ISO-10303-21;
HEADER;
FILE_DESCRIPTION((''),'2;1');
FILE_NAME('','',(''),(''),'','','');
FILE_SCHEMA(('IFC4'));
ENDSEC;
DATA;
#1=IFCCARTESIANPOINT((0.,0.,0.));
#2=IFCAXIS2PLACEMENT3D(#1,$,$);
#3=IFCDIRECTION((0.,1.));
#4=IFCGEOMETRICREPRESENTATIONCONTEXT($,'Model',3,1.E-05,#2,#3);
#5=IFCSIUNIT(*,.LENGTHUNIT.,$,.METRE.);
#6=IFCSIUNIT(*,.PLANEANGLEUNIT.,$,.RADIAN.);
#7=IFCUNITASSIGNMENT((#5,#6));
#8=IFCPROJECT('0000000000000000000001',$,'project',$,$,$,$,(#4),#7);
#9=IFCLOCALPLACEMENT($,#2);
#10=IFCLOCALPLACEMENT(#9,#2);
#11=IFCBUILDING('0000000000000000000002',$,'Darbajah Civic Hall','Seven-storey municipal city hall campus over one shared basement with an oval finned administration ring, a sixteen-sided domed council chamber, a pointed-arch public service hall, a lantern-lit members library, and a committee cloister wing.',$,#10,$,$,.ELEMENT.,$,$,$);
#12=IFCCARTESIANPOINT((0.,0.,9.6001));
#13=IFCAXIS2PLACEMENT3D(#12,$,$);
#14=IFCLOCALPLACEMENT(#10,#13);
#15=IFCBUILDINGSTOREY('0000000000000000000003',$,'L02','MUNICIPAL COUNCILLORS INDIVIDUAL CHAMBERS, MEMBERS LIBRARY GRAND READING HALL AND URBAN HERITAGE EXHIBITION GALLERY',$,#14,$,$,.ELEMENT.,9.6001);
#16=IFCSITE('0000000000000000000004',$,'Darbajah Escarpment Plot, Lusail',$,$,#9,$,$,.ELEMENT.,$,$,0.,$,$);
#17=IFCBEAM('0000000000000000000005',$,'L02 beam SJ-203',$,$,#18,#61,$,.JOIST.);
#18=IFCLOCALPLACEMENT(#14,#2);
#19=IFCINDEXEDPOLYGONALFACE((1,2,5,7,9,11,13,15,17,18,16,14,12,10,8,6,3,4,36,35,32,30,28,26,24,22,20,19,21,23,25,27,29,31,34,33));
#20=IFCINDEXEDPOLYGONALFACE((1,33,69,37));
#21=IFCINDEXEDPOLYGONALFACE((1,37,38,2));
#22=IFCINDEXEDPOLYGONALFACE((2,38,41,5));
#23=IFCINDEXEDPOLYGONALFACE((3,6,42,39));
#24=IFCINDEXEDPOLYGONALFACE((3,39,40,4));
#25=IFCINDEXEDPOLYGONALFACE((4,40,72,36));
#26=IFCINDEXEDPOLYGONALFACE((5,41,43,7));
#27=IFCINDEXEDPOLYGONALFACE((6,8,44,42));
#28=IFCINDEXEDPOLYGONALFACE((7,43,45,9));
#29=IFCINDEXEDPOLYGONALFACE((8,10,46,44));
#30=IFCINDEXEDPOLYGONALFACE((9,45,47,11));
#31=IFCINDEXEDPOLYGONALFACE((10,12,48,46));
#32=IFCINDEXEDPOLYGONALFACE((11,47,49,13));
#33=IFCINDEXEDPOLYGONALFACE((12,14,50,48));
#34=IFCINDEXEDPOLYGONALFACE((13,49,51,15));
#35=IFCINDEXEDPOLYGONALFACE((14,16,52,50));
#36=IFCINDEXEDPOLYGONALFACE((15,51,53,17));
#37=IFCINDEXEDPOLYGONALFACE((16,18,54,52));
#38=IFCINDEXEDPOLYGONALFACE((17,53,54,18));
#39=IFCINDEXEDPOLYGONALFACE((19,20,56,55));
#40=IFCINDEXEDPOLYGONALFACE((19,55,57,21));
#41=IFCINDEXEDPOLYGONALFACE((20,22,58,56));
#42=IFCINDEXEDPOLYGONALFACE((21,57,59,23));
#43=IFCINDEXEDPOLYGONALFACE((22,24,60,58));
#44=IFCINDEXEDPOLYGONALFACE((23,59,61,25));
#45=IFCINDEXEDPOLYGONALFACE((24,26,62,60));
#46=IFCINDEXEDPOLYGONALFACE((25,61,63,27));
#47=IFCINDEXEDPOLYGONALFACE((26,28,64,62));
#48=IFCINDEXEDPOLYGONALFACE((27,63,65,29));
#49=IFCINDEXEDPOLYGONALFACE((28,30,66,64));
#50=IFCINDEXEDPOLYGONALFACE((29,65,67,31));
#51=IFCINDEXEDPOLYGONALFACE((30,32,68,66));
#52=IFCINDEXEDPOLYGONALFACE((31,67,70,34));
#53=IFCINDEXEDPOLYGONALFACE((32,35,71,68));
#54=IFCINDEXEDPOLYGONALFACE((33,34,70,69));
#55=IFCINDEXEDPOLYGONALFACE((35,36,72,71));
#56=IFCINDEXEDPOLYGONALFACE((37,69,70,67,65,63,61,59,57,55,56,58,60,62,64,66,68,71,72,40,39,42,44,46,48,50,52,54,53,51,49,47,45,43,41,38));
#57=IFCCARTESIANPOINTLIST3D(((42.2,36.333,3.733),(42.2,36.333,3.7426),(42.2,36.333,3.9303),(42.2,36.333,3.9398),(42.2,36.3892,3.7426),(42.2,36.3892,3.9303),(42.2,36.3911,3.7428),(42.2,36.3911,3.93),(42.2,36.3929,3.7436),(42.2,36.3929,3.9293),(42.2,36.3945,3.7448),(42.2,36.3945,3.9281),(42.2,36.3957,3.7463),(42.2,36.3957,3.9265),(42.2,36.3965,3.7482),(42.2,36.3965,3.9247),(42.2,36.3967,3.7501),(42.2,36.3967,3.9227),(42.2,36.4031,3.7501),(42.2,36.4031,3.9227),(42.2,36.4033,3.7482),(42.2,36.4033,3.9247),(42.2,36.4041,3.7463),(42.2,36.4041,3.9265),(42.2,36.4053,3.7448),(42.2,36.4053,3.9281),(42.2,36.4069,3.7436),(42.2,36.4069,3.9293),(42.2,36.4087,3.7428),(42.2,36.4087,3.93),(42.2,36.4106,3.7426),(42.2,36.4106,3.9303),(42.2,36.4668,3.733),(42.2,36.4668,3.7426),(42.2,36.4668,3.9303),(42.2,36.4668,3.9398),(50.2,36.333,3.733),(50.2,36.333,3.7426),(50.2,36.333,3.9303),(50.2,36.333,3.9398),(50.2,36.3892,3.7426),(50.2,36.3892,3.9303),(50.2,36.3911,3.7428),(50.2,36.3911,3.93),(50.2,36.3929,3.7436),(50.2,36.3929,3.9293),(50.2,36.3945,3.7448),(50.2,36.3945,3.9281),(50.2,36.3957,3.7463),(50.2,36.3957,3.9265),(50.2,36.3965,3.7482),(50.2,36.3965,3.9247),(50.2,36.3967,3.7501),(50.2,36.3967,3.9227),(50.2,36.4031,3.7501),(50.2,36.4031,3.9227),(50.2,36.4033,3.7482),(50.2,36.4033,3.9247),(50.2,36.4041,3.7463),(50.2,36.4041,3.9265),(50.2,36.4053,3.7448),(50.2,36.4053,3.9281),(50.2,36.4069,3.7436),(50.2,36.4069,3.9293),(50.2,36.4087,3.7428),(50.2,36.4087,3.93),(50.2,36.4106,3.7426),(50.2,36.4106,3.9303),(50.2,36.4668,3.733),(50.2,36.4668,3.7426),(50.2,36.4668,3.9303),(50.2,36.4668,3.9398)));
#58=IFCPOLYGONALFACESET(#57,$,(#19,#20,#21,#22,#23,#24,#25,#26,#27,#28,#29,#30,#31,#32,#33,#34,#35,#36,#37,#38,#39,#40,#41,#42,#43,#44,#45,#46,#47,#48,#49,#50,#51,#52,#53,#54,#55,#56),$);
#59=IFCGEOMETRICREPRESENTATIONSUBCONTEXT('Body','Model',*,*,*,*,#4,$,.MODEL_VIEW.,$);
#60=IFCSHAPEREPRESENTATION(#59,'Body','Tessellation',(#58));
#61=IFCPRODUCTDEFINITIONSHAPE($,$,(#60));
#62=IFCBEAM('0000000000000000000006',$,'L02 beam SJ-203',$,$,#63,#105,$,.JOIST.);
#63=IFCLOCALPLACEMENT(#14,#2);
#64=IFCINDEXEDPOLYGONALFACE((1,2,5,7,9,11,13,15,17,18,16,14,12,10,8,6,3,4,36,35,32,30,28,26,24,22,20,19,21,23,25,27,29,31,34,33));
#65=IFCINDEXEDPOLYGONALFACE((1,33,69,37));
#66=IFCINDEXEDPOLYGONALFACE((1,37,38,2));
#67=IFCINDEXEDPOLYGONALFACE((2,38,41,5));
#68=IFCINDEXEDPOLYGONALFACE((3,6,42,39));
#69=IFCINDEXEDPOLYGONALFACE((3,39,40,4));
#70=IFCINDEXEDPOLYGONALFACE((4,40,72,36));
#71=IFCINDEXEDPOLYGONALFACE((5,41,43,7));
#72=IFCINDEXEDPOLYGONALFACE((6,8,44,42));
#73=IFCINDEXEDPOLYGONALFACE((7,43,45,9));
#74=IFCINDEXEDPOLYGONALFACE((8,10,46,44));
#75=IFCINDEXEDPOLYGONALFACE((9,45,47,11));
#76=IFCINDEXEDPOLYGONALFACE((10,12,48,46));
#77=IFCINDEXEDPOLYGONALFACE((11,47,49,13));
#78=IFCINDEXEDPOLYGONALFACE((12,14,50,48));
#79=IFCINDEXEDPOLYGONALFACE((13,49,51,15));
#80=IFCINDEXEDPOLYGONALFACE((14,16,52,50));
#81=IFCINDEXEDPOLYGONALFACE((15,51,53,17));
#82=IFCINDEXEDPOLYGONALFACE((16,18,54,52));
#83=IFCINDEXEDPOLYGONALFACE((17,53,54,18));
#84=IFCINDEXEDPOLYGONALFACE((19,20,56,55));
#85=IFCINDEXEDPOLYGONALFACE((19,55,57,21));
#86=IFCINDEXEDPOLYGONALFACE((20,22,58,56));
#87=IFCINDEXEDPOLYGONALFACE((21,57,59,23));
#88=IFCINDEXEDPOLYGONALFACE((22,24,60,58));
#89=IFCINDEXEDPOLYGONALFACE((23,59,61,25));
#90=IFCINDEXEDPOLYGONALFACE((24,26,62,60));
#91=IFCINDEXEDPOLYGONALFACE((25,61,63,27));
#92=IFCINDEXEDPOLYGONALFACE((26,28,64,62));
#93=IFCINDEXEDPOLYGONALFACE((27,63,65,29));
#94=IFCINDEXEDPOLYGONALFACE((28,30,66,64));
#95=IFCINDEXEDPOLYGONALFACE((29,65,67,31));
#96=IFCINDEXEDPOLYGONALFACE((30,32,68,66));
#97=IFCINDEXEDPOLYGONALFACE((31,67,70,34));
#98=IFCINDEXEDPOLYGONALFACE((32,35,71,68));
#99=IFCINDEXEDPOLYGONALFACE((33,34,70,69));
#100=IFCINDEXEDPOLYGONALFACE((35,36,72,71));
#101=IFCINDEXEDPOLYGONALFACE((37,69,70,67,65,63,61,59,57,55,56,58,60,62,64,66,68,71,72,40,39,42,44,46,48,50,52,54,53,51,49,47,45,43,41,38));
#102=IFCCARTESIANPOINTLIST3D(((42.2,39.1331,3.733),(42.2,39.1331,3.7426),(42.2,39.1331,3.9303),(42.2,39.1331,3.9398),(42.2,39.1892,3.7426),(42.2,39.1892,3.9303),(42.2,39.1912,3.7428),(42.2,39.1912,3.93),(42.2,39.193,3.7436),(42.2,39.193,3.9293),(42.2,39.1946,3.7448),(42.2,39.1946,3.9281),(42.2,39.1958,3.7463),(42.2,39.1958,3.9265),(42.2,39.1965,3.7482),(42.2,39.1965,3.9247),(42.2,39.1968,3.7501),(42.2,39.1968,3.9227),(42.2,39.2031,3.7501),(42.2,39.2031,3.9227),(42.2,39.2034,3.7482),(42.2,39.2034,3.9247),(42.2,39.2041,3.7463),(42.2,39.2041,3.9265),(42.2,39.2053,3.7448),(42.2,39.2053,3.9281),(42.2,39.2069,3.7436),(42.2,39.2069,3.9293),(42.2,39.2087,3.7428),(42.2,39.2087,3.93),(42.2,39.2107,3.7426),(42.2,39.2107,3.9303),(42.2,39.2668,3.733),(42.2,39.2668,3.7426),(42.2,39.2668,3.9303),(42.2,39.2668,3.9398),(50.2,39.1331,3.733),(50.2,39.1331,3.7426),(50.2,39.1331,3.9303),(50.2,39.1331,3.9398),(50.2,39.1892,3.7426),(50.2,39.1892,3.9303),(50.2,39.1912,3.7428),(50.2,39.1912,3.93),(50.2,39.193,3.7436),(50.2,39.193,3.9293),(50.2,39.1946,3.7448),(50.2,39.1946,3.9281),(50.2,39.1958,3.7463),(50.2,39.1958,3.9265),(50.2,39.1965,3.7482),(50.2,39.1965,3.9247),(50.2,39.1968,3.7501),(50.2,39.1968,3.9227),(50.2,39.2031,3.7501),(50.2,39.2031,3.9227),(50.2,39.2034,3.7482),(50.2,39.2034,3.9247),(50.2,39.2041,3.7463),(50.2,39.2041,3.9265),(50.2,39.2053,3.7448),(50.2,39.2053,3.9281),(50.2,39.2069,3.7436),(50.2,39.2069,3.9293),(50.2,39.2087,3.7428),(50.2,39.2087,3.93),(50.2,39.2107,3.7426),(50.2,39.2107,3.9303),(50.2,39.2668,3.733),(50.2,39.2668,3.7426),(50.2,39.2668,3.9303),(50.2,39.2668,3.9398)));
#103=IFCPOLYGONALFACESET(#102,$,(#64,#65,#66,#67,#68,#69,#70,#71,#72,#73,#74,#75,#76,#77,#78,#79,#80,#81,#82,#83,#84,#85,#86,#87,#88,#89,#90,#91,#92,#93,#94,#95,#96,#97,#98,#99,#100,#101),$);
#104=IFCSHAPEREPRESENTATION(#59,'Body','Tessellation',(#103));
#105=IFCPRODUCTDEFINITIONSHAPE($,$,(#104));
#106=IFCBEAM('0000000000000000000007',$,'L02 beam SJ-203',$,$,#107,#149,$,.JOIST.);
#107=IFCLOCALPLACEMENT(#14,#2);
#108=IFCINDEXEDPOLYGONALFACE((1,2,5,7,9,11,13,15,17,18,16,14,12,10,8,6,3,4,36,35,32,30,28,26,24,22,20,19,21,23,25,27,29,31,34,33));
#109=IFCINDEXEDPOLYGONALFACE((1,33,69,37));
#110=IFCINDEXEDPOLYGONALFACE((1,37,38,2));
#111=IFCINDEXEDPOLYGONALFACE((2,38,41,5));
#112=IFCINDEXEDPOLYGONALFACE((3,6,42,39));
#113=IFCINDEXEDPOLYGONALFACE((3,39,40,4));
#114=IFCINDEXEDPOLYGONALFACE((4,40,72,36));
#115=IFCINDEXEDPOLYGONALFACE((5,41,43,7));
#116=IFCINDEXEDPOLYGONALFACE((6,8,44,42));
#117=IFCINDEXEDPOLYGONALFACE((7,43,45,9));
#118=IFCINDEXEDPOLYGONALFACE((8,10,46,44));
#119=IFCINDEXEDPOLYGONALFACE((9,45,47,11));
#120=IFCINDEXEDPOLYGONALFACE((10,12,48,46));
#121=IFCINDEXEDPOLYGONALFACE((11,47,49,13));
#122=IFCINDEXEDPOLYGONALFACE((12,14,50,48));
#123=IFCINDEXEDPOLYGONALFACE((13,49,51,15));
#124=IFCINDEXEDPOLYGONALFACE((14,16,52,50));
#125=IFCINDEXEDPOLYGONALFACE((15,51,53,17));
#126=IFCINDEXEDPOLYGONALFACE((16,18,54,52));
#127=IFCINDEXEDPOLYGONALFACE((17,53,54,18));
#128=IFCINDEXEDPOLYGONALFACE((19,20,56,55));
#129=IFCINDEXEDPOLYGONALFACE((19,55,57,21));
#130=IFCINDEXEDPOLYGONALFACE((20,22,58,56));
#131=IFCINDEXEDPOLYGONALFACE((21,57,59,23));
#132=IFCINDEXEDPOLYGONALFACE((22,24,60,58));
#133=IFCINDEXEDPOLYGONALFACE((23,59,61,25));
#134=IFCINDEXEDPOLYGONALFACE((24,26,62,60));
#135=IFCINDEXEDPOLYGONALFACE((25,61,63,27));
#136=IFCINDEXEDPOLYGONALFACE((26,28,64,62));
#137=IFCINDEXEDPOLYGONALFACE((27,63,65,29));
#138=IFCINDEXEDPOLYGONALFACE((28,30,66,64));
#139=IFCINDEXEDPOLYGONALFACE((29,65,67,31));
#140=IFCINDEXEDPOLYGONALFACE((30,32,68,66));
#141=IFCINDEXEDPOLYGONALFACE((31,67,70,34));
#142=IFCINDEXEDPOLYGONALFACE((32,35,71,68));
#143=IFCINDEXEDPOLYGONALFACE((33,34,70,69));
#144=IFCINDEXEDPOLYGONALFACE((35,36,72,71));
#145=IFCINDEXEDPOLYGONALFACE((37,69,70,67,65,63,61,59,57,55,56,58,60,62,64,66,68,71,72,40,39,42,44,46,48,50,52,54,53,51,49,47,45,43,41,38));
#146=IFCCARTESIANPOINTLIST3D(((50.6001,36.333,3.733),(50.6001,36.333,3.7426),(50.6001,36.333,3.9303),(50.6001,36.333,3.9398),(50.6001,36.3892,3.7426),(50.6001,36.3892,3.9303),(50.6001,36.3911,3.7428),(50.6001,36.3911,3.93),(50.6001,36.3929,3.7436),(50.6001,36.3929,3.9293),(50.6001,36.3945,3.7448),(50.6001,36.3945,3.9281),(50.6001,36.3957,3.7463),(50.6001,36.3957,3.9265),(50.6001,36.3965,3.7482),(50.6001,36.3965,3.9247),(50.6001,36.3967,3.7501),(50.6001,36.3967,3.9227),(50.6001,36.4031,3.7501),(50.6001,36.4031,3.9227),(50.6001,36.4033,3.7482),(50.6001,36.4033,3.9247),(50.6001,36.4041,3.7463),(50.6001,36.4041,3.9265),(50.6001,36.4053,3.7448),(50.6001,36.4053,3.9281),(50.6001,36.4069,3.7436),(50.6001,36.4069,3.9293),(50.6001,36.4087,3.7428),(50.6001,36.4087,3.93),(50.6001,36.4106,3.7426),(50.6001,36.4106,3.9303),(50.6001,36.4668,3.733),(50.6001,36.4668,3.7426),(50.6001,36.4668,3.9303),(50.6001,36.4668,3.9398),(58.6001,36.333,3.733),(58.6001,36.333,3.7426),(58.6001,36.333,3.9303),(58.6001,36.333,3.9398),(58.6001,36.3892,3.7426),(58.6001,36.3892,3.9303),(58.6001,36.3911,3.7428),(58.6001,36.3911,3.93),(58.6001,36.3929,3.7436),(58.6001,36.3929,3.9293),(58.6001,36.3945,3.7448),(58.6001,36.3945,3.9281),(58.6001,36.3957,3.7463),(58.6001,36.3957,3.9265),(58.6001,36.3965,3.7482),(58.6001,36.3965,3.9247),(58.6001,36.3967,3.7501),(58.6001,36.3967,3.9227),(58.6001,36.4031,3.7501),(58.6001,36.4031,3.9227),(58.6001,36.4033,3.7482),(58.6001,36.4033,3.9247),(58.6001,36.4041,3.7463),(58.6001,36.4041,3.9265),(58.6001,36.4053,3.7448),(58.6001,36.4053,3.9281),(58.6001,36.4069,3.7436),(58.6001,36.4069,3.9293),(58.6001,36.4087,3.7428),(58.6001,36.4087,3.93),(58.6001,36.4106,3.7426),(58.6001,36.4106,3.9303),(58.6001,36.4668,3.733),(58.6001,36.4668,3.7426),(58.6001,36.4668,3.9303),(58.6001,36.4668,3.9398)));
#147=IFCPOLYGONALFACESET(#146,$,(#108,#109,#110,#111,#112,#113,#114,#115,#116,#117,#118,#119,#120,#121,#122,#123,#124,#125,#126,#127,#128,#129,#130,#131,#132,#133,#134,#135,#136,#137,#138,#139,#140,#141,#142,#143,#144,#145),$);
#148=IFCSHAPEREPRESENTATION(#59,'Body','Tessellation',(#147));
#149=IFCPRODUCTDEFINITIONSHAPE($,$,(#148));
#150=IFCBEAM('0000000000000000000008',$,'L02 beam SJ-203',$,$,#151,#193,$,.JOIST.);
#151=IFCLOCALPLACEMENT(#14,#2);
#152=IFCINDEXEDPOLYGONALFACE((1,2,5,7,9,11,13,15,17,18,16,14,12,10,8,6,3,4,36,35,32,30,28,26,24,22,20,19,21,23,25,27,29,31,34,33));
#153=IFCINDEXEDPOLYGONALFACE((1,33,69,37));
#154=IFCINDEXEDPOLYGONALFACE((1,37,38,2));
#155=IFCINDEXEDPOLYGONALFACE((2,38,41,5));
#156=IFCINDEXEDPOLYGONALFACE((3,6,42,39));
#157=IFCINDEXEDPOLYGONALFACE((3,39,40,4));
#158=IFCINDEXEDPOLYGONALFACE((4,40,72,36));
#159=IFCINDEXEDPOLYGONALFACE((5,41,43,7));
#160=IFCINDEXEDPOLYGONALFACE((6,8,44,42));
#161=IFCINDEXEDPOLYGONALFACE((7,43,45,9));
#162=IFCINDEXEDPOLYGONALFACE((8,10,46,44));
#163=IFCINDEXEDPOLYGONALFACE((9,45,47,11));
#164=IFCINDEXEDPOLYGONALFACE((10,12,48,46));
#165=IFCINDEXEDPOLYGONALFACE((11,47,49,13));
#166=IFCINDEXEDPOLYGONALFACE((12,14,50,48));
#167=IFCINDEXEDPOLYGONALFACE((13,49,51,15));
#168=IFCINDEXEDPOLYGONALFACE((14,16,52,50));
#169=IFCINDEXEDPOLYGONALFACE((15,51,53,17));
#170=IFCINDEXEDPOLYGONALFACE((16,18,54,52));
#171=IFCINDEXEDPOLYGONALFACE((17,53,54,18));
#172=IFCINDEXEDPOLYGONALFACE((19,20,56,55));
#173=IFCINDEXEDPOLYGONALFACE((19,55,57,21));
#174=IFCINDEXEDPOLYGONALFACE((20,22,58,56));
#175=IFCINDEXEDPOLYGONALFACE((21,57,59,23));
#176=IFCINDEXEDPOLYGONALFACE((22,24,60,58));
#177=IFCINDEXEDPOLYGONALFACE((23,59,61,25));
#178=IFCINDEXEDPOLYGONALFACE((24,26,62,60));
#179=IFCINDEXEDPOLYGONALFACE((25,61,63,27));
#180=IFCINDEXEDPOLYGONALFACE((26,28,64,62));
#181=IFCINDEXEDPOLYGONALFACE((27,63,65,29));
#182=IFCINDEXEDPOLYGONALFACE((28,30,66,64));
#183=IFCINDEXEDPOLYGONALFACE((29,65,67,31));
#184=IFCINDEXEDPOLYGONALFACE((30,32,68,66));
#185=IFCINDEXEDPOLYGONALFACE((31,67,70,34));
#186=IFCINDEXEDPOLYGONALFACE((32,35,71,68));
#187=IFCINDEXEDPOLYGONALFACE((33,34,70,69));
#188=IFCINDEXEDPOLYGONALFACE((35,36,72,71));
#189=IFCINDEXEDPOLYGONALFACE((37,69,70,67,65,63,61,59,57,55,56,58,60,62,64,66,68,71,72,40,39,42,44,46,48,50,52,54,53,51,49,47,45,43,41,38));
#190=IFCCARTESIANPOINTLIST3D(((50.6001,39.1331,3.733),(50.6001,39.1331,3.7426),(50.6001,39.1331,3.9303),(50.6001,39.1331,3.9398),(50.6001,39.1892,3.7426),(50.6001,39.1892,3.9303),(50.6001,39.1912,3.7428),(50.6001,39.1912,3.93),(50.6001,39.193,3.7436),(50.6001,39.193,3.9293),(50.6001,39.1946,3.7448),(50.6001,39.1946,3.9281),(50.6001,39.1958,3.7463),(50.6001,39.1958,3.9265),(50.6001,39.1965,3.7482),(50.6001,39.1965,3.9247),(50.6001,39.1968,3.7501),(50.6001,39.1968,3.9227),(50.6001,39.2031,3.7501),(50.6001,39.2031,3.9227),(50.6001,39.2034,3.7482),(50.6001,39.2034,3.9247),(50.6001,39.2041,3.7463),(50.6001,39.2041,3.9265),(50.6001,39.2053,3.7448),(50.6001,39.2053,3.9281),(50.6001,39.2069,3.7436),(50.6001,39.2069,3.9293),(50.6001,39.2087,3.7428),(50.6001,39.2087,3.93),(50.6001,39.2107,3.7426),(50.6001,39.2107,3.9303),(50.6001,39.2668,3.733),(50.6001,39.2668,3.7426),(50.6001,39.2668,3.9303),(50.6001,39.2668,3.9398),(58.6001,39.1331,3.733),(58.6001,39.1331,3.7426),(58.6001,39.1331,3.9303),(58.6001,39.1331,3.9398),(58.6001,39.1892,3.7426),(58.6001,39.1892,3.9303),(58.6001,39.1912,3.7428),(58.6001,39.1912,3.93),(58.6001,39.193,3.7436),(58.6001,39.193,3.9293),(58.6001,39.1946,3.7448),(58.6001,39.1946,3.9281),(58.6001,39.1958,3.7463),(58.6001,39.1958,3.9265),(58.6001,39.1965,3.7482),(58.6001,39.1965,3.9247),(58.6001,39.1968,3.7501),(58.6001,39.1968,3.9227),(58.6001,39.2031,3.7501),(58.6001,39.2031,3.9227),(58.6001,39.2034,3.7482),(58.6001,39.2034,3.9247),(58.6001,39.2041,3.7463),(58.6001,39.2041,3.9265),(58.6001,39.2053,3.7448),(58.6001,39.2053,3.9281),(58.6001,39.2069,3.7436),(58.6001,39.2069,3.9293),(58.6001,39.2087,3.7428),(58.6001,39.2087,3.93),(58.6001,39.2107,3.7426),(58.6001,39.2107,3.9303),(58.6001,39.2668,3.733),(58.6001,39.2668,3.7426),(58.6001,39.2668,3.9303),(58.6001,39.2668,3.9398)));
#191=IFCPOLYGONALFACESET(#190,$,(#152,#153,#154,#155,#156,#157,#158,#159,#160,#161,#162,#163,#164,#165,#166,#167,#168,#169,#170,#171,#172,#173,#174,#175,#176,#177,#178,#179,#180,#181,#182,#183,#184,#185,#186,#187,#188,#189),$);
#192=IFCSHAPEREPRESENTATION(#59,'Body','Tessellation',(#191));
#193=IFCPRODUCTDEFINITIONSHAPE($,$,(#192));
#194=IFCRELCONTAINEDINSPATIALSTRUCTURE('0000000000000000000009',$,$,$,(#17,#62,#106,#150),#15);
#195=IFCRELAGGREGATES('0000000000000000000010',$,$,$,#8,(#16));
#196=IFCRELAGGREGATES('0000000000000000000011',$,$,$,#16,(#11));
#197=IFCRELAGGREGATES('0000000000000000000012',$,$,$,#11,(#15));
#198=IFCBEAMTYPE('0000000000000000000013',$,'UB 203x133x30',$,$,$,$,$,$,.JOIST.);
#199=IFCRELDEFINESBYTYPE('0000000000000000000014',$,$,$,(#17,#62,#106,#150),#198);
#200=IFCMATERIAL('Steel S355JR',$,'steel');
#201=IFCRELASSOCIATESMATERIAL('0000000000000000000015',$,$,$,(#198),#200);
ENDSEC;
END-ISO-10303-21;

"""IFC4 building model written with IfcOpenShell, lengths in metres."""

from ifc_helpers import new_model, si_unit, direction, frame, origin, origin_2d, place, context, subcontext, project, spatial, i_section, extrude, material, material_profile, profile_set, type_object, element, save


model = new_model("IFC4")

# Units and contexts
model_context = context("Model", 3, precision=1e-05, world=origin(), true_north=direction((0.0, 1.0)))
body_context = subcontext(model_context, "Body", "Model", "MODEL_VIEW")
ifc_project = project(units=[si_unit("LENGTHUNIT", "METRE"), si_unit("PLANEANGLEUNIT", "RADIAN")], contexts=[model_context])

# Site, building, storey
site_placement = place(None, origin())
site = spatial("IfcSite", under=ifc_project, at=site_placement, Name="Darbajah Escarpment Plot, Lusail", CompositionType="ELEMENT", RefElevation=0.0)
building_placement = place(site_placement, origin())
building = spatial("IfcBuilding", under=site, at=building_placement, Name="Darbajah Civic Hall", Description="Seven-storey municipal city hall campus over one shared basement with an oval finned administration ring, a sixteen-sided domed council chamber, a pointed-arch public service hall, a lantern-lit members library, and a committee cloister wing.", CompositionType="ELEMENT")
storey_placement = place(building_placement, frame((0.0, 0.0, 9.6001)))
storey = spatial("IfcBuildingStorey", under=building, at=storey_placement, Name="L02", Description="MUNICIPAL COUNCILLORS INDIVIDUAL CHAMBERS, MEMBERS LIBRARY GRAND READING HALL AND URBAN HERITAGE EXHIBITION GALLERY", CompositionType="ELEMENT", Elevation=9.6001)

# Beams
ifc_material_1 = material(Name="Steel S355JR", Category="steel")
ifc_material_profile_1 = material_profile(ifc_material_1, i_section(OverallWidth=0.1338, OverallDepth=0.2068, WebThickness=0.0063, FlangeThickness=0.0095, FilletRadius=0.0076, at=origin_2d()), Name="UB 203x133x30")
ifc_profile_set_1 = profile_set([ifc_material_profile_1], Name="Steel S355JR")
beam_type_1 = type_object("IfcBeamType", Name="UB 203x133x30", PredefinedType="JOIST", material=ifc_profile_set_1)
for number, where, z_axis, x_axis, name in (
    (1, (42.2, 36.3999, 3.8364), (1.0, 0.0, 0.0), (0.0, 1.0, 0.0), "L02 beam SJ-203"),
    (2, (42.2, 39.2, 3.8364), (1.0, 0.0, 0.0), (0.0, 1.0, 0.0), "L02 beam SJ-203"),
    (3, (50.6001, 36.3999, 3.8364), (1.0, 0.0, 0.0), (0.0, 1.0, 0.0), "L02 beam SJ-203"),
    (4, (50.6001, 39.2, 3.8364), (1.0, 0.0, 0.0), (0.0, 1.0, 0.0), "L02 beam SJ-203"),
):
    element("IfcBeam", number, at=place(storey_placement, frame(where, z_axis=z_axis, x_axis=x_axis)), inside=storey, type_object=beam_type_1, Name=name, PredefinedType="JOIST", context=body_context, shape_type="SweptSolid", body=[
        extrude(i_section(OverallWidth=0.1338, OverallDepth=0.2068, WebThickness=0.0063, FlangeThickness=0.0095, FilletRadius=0.0076, at=origin_2d()), origin(), (0.0, 0.0, 1.0), 8.0),
    ])

save(model, "model.ifc")
